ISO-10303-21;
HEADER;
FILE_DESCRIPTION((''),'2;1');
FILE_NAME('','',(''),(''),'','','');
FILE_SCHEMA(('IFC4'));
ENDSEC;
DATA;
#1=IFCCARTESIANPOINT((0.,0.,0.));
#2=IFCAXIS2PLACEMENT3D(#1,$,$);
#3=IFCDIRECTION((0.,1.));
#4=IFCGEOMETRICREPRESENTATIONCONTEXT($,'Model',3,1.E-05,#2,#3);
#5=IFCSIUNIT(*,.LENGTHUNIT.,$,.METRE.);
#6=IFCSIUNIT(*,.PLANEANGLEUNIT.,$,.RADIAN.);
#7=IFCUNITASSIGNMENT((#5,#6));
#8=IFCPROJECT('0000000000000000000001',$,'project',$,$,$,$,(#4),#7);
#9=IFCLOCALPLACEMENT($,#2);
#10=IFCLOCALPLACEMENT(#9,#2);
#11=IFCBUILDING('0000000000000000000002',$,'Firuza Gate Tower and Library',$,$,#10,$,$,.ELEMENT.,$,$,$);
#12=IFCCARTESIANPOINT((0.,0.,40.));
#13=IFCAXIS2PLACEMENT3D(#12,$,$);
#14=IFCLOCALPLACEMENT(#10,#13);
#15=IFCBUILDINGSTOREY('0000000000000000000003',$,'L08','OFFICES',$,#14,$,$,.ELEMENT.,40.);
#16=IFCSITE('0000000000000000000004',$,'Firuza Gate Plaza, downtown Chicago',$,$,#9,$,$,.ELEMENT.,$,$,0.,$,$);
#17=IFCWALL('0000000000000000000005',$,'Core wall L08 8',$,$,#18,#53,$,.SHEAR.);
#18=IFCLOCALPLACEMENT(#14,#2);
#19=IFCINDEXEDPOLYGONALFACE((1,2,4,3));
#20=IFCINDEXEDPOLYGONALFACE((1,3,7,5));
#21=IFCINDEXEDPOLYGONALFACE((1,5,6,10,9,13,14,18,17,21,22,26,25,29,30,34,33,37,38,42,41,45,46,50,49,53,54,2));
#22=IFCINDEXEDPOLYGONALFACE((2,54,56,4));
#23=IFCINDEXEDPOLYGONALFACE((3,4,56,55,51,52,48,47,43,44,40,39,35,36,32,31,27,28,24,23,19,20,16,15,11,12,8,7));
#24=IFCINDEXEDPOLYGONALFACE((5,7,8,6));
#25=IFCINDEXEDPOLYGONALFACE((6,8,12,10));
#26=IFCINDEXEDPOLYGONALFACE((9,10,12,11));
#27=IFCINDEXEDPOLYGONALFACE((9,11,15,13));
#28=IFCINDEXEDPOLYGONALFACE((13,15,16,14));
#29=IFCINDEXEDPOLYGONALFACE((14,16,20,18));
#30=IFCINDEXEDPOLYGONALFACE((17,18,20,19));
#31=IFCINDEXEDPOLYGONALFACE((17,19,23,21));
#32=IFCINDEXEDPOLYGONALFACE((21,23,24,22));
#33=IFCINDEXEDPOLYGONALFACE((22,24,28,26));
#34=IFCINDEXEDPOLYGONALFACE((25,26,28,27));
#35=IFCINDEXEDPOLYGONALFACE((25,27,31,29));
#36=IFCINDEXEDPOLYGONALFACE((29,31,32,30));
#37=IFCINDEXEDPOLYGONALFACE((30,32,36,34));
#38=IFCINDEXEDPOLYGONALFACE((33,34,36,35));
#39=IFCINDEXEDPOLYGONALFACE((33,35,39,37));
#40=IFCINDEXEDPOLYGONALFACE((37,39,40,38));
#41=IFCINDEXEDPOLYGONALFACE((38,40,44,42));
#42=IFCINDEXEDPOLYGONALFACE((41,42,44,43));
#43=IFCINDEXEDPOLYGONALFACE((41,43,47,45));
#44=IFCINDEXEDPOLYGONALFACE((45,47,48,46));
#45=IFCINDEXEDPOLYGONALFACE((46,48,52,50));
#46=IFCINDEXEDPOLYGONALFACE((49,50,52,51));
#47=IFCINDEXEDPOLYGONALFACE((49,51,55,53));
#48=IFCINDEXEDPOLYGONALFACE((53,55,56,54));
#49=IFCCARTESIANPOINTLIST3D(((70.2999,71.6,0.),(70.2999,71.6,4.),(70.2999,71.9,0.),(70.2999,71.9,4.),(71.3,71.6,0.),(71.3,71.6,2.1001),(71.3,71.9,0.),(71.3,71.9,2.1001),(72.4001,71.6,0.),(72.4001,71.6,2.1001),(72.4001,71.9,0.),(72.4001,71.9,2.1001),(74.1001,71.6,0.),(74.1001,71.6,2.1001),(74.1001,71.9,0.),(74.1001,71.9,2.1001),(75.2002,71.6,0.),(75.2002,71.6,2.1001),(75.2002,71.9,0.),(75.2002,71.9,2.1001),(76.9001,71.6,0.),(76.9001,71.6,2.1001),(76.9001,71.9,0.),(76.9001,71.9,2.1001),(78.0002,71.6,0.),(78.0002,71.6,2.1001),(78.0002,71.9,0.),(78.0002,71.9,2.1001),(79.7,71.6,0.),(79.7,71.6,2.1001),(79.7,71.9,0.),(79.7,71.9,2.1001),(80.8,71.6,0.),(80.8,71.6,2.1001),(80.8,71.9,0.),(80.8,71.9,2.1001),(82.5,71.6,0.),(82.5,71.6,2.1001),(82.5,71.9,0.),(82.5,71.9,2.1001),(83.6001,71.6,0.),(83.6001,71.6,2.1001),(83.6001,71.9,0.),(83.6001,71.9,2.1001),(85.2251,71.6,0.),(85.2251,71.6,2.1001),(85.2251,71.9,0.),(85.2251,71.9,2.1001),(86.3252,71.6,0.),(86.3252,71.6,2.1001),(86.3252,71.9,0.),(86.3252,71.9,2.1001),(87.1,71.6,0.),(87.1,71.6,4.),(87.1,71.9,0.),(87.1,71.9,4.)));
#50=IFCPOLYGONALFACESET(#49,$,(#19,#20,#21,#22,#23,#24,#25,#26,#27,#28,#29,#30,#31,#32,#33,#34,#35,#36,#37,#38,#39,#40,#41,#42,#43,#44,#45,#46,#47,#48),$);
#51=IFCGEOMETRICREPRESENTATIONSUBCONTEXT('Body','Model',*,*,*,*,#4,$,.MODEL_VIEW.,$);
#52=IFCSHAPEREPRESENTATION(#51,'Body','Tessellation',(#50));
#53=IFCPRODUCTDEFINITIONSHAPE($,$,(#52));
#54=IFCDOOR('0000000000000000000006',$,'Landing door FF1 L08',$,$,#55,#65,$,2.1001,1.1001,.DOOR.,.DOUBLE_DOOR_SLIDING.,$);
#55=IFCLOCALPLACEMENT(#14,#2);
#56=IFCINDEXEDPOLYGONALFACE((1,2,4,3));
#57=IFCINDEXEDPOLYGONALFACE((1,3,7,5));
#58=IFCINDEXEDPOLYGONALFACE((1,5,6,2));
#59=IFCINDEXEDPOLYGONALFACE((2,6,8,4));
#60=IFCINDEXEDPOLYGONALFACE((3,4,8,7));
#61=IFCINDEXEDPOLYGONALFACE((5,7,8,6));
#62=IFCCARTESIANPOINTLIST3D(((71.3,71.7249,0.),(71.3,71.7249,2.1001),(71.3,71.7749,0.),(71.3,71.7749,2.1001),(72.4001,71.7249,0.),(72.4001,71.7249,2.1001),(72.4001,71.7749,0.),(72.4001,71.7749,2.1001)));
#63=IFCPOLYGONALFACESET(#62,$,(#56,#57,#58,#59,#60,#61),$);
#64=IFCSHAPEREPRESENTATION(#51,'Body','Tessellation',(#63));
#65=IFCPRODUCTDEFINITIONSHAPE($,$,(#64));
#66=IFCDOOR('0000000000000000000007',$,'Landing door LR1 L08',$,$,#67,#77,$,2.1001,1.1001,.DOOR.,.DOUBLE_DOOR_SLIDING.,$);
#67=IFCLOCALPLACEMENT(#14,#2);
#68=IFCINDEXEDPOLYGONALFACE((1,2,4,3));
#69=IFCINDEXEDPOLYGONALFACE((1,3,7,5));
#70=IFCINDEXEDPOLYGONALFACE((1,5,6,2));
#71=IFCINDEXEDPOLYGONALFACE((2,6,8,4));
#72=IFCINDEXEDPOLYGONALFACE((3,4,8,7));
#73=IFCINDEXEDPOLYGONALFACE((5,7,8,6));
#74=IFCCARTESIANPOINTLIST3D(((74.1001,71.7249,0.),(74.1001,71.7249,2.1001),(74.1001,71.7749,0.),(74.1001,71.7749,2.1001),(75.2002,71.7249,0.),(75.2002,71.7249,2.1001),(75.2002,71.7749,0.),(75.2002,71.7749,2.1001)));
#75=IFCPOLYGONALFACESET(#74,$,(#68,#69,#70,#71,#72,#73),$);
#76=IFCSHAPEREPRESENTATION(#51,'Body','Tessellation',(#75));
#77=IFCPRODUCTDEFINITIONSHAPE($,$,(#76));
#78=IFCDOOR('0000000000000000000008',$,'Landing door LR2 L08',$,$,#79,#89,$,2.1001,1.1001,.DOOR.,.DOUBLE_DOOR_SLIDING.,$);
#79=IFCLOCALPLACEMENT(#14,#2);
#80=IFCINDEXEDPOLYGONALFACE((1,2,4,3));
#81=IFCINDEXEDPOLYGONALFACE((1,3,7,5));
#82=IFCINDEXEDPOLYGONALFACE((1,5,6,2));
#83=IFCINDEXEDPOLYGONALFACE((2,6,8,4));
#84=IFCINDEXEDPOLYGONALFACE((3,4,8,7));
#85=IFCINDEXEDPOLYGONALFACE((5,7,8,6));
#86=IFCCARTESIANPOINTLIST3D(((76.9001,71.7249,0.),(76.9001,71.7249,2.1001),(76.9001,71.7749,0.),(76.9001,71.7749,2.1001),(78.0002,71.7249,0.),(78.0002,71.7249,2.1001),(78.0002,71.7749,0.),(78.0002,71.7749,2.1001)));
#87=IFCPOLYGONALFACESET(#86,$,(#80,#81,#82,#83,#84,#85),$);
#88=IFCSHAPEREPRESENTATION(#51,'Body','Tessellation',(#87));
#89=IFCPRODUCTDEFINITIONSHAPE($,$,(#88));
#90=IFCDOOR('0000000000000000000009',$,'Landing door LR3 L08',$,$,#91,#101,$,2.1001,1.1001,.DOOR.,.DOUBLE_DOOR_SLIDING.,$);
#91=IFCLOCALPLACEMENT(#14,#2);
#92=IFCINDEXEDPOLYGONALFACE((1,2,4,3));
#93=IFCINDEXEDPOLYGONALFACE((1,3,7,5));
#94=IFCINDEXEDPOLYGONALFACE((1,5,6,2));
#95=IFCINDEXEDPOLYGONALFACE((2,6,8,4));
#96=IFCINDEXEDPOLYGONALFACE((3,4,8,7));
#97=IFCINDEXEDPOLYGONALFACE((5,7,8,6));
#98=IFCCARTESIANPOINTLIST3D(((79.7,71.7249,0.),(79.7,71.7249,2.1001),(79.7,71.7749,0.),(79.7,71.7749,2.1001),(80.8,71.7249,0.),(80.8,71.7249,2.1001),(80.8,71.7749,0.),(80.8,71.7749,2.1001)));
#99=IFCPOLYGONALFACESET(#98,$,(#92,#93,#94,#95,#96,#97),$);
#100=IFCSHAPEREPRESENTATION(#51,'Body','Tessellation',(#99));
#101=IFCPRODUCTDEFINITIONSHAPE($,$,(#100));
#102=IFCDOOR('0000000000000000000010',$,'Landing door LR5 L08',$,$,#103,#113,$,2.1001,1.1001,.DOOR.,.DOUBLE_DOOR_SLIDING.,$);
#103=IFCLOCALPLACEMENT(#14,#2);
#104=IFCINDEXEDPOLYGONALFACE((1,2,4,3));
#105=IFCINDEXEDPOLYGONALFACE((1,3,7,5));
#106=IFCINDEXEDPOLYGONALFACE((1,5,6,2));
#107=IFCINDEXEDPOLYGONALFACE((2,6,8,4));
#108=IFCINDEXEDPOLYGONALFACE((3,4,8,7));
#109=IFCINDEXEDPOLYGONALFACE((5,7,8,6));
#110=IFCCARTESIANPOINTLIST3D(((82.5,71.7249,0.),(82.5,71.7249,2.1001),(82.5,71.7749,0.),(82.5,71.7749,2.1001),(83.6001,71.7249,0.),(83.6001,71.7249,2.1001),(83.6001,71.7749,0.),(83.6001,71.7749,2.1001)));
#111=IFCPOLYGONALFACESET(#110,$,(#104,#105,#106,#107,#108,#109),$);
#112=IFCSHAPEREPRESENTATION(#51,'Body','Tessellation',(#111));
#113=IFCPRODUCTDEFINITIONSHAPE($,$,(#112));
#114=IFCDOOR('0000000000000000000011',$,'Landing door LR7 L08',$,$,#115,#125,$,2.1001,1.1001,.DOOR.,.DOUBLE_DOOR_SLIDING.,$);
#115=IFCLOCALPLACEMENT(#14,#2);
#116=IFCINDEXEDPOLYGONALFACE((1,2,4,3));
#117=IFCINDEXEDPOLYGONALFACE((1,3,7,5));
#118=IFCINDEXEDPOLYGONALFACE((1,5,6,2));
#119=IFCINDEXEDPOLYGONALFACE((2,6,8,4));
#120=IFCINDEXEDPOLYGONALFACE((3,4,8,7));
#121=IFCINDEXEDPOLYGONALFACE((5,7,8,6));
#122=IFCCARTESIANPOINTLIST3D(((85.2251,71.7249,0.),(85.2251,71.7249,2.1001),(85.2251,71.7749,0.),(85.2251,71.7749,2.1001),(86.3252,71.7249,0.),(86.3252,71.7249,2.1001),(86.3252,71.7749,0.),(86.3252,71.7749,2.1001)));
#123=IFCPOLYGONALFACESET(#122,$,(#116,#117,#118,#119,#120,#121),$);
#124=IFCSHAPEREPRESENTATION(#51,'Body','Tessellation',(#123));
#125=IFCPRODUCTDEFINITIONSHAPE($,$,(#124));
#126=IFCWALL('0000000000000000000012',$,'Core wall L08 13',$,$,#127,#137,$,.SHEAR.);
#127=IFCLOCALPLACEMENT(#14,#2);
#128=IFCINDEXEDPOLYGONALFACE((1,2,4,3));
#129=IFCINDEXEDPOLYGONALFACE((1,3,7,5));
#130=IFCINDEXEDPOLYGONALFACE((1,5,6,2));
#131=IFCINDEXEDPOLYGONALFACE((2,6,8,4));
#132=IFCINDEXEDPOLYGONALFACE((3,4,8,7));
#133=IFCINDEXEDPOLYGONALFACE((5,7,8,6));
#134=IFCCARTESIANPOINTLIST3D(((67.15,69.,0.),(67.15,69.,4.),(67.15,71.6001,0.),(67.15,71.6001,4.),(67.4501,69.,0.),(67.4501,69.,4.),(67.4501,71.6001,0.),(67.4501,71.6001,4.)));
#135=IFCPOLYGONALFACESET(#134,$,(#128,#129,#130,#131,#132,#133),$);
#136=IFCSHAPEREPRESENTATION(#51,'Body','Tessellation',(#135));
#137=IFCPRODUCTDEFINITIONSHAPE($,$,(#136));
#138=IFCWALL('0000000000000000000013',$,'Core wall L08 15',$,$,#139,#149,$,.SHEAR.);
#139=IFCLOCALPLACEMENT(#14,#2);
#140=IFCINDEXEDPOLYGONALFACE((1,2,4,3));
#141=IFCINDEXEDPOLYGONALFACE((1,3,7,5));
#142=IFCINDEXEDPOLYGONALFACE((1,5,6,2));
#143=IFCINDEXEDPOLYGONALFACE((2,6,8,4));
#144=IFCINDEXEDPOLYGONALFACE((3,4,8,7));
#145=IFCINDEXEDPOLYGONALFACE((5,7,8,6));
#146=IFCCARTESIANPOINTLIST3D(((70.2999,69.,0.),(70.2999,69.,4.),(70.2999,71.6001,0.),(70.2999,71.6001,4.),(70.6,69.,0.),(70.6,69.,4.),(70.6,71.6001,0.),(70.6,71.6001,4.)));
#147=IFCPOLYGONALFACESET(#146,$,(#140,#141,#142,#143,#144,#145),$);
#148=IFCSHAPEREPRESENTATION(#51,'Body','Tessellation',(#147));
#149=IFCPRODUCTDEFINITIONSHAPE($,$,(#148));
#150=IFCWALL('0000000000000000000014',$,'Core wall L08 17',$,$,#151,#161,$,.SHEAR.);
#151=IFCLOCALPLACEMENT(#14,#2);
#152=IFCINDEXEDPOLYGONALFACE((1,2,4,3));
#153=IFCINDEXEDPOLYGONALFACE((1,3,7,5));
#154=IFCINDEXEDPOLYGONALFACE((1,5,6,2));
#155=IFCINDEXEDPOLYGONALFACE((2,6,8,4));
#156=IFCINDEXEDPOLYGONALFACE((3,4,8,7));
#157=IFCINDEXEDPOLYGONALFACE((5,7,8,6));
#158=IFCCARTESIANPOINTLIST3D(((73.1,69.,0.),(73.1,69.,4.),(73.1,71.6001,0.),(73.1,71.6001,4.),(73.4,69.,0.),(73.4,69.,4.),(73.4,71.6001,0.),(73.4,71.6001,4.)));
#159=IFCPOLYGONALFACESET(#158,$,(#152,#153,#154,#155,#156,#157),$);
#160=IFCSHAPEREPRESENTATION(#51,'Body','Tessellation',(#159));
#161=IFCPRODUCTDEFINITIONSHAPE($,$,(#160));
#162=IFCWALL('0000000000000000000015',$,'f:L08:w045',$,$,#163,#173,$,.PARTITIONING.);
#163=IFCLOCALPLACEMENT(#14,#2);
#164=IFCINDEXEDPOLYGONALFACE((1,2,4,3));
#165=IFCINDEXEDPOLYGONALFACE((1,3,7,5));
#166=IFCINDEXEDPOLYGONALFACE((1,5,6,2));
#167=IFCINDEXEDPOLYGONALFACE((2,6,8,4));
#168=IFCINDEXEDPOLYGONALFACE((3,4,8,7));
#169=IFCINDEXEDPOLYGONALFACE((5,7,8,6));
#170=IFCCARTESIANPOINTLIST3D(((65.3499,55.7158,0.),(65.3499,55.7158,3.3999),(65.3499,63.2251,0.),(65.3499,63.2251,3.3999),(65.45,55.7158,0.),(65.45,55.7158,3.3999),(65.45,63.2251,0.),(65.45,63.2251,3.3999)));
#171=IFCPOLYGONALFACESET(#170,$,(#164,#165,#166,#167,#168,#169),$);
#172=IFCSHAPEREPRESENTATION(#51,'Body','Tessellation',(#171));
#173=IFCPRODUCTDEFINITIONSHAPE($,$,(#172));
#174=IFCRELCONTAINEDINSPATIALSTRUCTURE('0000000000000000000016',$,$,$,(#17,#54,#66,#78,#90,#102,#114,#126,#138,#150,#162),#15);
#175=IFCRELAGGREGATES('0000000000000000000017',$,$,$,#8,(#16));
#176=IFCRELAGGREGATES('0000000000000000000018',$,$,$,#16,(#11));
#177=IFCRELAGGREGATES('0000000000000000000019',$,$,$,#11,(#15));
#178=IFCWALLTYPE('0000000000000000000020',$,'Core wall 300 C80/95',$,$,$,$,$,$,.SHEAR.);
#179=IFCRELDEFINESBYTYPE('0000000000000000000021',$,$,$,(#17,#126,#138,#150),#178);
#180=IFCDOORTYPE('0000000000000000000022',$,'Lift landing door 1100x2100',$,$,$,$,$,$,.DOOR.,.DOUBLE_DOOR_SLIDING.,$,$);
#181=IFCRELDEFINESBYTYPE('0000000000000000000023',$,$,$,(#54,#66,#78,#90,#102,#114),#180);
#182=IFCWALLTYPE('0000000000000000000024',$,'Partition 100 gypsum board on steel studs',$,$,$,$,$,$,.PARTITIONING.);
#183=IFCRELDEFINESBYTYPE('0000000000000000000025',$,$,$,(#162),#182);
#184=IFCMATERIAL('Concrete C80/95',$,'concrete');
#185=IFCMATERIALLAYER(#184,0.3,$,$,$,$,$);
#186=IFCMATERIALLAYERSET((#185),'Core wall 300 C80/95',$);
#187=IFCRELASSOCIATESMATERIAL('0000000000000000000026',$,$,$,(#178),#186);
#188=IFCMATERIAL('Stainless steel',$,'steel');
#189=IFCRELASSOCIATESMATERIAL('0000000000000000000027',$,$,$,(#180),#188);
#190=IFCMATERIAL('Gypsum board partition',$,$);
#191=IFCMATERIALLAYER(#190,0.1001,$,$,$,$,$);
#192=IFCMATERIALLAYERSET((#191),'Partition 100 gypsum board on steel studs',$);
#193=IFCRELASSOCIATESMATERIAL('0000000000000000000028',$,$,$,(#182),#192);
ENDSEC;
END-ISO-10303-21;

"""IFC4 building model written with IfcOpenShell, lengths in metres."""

from ifc_helpers import new_model, si_unit, direction, frame, frame_2d, origin, place, context, subcontext, project, spatial, rectangle, extrude, material, layer, layer_set, type_object, element, fill, save


model = new_model("IFC4")

# Units and contexts
model_context = context("Model", 3, precision=1e-05, world=origin(), true_north=direction((0.0, 1.0)))
body_context = subcontext(model_context, "Body", "Model", "MODEL_VIEW")
ifc_project = project(units=[si_unit("LENGTHUNIT", "METRE"), si_unit("PLANEANGLEUNIT", "RADIAN")], contexts=[model_context])

# Site, building, storey
site_placement = place(None, origin())
site = spatial("IfcSite", under=ifc_project, at=site_placement, Name="Firuza Gate Plaza, downtown Chicago", CompositionType="ELEMENT", RefElevation=0.0)
building_placement = place(site_placement, origin())
building = spatial("IfcBuilding", under=site, at=building_placement, Name="Firuza Gate Tower and Library", CompositionType="ELEMENT")
storey_placement = place(building_placement, frame((0.0, 0.0, 40.0)))
storey = spatial("IfcBuildingStorey", under=building, at=storey_placement, Name="L08", Description="OFFICES", CompositionType="ELEMENT", Elevation=40.0)

# Shared definitions
ifc_material_1 = material(Name="Concrete C80/95", Category="concrete")
ifc_layer_1 = layer(ifc_material_1, 0.3)
ifc_layer_set_1 = layer_set([ifc_layer_1], Name="Core wall 300 C80/95")
wall_type_1 = type_object("IfcWallType", Name="Core wall 300 C80/95", PredefinedType="SHEAR", material=ifc_layer_set_1)

# Wall, openings, doors
wall_1_placement = place(storey_placement, frame((70.3, 71.75, 0.0), z_axis=(0.0, 0.0, 1.0), x_axis=(1.0, 0.0, 0.0)))
wall_1 = element("IfcWall", 1, at=wall_1_placement, inside=storey, type_object=wall_type_1, Name="Core wall L08 8", PredefinedType="SHEAR", context=body_context, shape_type="SweptSolid", body=[
    extrude(rectangle(XDim=16.8, YDim=0.3, at=frame_2d((8.3999, 0.0))), origin(), (0.0, 0.0, 1.0), 4.0),
])
opening_1_placement = place(wall_1_placement, frame((1.0, 0.0, 0.0)))
opening_1 = element("IfcOpeningElement", 2, at=opening_1_placement, cuts=wall_1, PredefinedType="OPENING", context=body_context, shape_type="SweptSolid", body=[
    extrude(rectangle(XDim=1.1001, YDim=2.1001, at=frame_2d((0.55, 1.05))), frame((0.0, 0.1602, 0.0), z_axis=(0.0, -1.0, 0.0), x_axis=(1.0, 0.0, 0.0)), (0.0, 0.0, 1.0), 0.3201),
])
opening_2_placement = place(wall_1_placement, frame((3.8, 0.0, 0.0)))
opening_2 = element("IfcOpeningElement", 3, at=opening_2_placement, cuts=wall_1, PredefinedType="OPENING", context=body_context, shape_type="SweptSolid", body=[
    extrude(rectangle(XDim=1.1001, YDim=2.1001, at=frame_2d((0.55, 1.05))), frame((0.0, 0.1602, 0.0), z_axis=(0.0, -1.0, 0.0), x_axis=(1.0, 0.0, 0.0)), (0.0, 0.0, 1.0), 0.3201),
])
opening_3_placement = place(wall_1_placement, frame((6.6001, 0.0, 0.0)))
opening_3 = element("IfcOpeningElement", 4, at=opening_3_placement, cuts=wall_1, PredefinedType="OPENING", context=body_context, shape_type="SweptSolid", body=[
    extrude(rectangle(XDim=1.1001, YDim=2.1001, at=frame_2d((0.55, 1.05))), frame((0.0, 0.1602, 0.0), z_axis=(0.0, -1.0, 0.0), x_axis=(1.0, 0.0, 0.0)), (0.0, 0.0, 1.0), 0.3201),
])
opening_4_placement = place(wall_1_placement, frame((9.3999, 0.0, 0.0)))
opening_4 = element("IfcOpeningElement", 5, at=opening_4_placement, cuts=wall_1, PredefinedType="OPENING", context=body_context, shape_type="SweptSolid", body=[
    extrude(rectangle(XDim=1.1001, YDim=2.1001, at=frame_2d((0.55, 1.05))), frame((0.0, 0.1602, 0.0), z_axis=(0.0, -1.0, 0.0), x_axis=(1.0, 0.0, 0.0)), (0.0, 0.0, 1.0), 0.3201),
])
opening_5_placement = place(wall_1_placement, frame((12.2, 0.0, 0.0)))
opening_5 = element("IfcOpeningElement", 6, at=opening_5_placement, cuts=wall_1, PredefinedType="OPENING", context=body_context, shape_type="SweptSolid", body=[
    extrude(rectangle(XDim=1.1001, YDim=2.1001, at=frame_2d((0.55, 1.05))), frame((0.0, 0.1602, 0.0), z_axis=(0.0, -1.0, 0.0), x_axis=(1.0, 0.0, 0.0)), (0.0, 0.0, 1.0), 0.3201),
])
opening_6_placement = place(wall_1_placement, frame((14.925, 0.0, 0.0)))
opening_6 = element("IfcOpeningElement", 7, at=opening_6_placement, cuts=wall_1, PredefinedType="OPENING", context=body_context, shape_type="SweptSolid", body=[
    extrude(rectangle(XDim=1.1001, YDim=2.1001, at=frame_2d((0.55, 1.05))), frame((0.0, 0.1602, 0.0), z_axis=(0.0, -1.0, 0.0), x_axis=(1.0, 0.0, 0.0)), (0.0, 0.0, 1.0), 0.3201),
])
ifc_material_2 = material(Name="Stainless steel", Category="steel")
door_type = type_object("IfcDoorType", Name="Lift landing door 1100x2100", OperationType="DOUBLE_DOOR_SLIDING", PredefinedType="DOOR", material=ifc_material_2)
door_1_placement = place(opening_1_placement, origin())
door_1 = element("IfcDoor", 8, at=door_1_placement, inside=storey, type_object=door_type, Name="Landing door FF1 L08", OperationType="DOUBLE_DOOR_SLIDING", OverallHeight=2.1001, OverallWidth=1.1001, PredefinedType="DOOR", context=body_context, shape_type="SweptSolid", body=[
    extrude(rectangle(XDim=1.1001, YDim=2.1001, at=frame_2d((0.55, 1.05))), frame((0.0, 0.0249, 0.0), z_axis=(0.0, -1.0, 0.0), x_axis=(1.0, 0.0, 0.0)), (0.0, 0.0, 1.0), 0.05),
])
fill(opening_1, door_1)
door_2_placement = place(opening_2_placement, origin())
door_2 = element("IfcDoor", 9, at=door_2_placement, inside=storey, type_object=door_type, Name="Landing door LR1 L08", OperationType="DOUBLE_DOOR_SLIDING", OverallHeight=2.1001, OverallWidth=1.1001, PredefinedType="DOOR", context=body_context, shape_type="SweptSolid", body=[
    extrude(rectangle(XDim=1.1001, YDim=2.1001, at=frame_2d((0.55, 1.05))), frame((0.0, 0.0249, 0.0), z_axis=(0.0, -1.0, 0.0), x_axis=(1.0, 0.0, 0.0)), (0.0, 0.0, 1.0), 0.05),
])
fill(opening_2, door_2)
door_3_placement = place(opening_3_placement, origin())
door_3 = element("IfcDoor", 10, at=door_3_placement, inside=storey, type_object=door_type, Name="Landing door LR2 L08", OperationType="DOUBLE_DOOR_SLIDING", OverallHeight=2.1001, OverallWidth=1.1001, PredefinedType="DOOR", context=body_context, shape_type="SweptSolid", body=[
    extrude(rectangle(XDim=1.1001, YDim=2.1001, at=frame_2d((0.55, 1.05))), frame((0.0, 0.0249, 0.0), z_axis=(0.0, -1.0, 0.0), x_axis=(1.0, 0.0, 0.0)), (0.0, 0.0, 1.0), 0.05),
])
fill(opening_3, door_3)
door_4_placement = place(opening_4_placement, origin())
door_4 = element("IfcDoor", 11, at=door_4_placement, inside=storey, type_object=door_type, Name="Landing door LR3 L08", OperationType="DOUBLE_DOOR_SLIDING", OverallHeight=2.1001, OverallWidth=1.1001, PredefinedType="DOOR", context=body_context, shape_type="SweptSolid", body=[
    extrude(rectangle(XDim=1.1001, YDim=2.1001, at=frame_2d((0.55, 1.05))), frame((0.0, 0.0249, 0.0), z_axis=(0.0, -1.0, 0.0), x_axis=(1.0, 0.0, 0.0)), (0.0, 0.0, 1.0), 0.05),
])
fill(opening_4, door_4)
door_5_placement = place(opening_5_placement, origin())
door_5 = element("IfcDoor", 12, at=door_5_placement, inside=storey, type_object=door_type, Name="Landing door LR5 L08", OperationType="DOUBLE_DOOR_SLIDING", OverallHeight=2.1001, OverallWidth=1.1001, PredefinedType="DOOR", context=body_context, shape_type="SweptSolid", body=[
    extrude(rectangle(XDim=1.1001, YDim=2.1001, at=frame_2d((0.55, 1.05))), frame((0.0, 0.0249, 0.0), z_axis=(0.0, -1.0, 0.0), x_axis=(1.0, 0.0, 0.0)), (0.0, 0.0, 1.0), 0.05),
])
fill(opening_5, door_5)
door_6_placement = place(opening_6_placement, origin())
door_6 = element("IfcDoor", 13, at=door_6_placement, inside=storey, type_object=door_type, Name="Landing door LR7 L08", OperationType="DOUBLE_DOOR_SLIDING", OverallHeight=2.1001, OverallWidth=1.1001, PredefinedType="DOOR", context=body_context, shape_type="SweptSolid", body=[
    extrude(rectangle(XDim=1.1001, YDim=2.1001, at=frame_2d((0.55, 1.05))), frame((0.0, 0.0249, 0.0), z_axis=(0.0, -1.0, 0.0), x_axis=(1.0, 0.0, 0.0)), (0.0, 0.0, 1.0), 0.05),
])
fill(opening_6, door_6)

# Walls
for number, where, z_axis, x_axis, name in (
    (14, (67.3, 69.0, 0.0), (0.0, 0.0, 1.0), (0.0, 1.0, 0.0), "Core wall L08 13"),
    (15, (70.45, 69.0, 0.0), (0.0, 0.0, 1.0), (0.0, 1.0, 0.0), "Core wall L08 15"),
    (16, (73.25, 69.0, 0.0), (0.0, 0.0, 1.0), (0.0, 1.0, 0.0), "Core wall L08 17"),
):
    element("IfcWall", number, at=place(storey_placement, frame(where, z_axis=z_axis, x_axis=x_axis)), inside=storey, type_object=wall_type_1, Name=name, PredefinedType="SHEAR", context=body_context, shape_type="SweptSolid", body=[
        extrude(rectangle(XDim=2.6001, YDim=0.3, at=frame_2d((1.3, 0.0))), origin(), (0.0, 0.0, 1.0), 4.0),
    ])
ifc_material_3 = material(Name="Gypsum board partition")
ifc_layer_2 = layer(ifc_material_3, 0.1001)
ifc_layer_set_2 = layer_set([ifc_layer_2], Name="Partition 100 gypsum board on steel studs")
wall_type_2 = type_object("IfcWallType", Name="Partition 100 gypsum board on steel studs", PredefinedType="PARTITIONING", material=ifc_layer_set_2)
wall_2_placement = place(storey_placement, frame((65.3999, 55.7158, 0.0), z_axis=(0.0, 0.0, 1.0), x_axis=(0.0, 1.0, 0.0)))
element("IfcWall", 17, at=wall_2_placement, inside=storey, type_object=wall_type_2, Name="f:L08:w045", PredefinedType="PARTITIONING", context=body_context, shape_type="SweptSolid", body=[
    extrude(rectangle(XDim=7.5093, YDim=0.1001, at=frame_2d((3.7546, 0.0))), origin(), (0.0, 0.0, 1.0), 3.3999),
])

save(model, "model.ifc")
